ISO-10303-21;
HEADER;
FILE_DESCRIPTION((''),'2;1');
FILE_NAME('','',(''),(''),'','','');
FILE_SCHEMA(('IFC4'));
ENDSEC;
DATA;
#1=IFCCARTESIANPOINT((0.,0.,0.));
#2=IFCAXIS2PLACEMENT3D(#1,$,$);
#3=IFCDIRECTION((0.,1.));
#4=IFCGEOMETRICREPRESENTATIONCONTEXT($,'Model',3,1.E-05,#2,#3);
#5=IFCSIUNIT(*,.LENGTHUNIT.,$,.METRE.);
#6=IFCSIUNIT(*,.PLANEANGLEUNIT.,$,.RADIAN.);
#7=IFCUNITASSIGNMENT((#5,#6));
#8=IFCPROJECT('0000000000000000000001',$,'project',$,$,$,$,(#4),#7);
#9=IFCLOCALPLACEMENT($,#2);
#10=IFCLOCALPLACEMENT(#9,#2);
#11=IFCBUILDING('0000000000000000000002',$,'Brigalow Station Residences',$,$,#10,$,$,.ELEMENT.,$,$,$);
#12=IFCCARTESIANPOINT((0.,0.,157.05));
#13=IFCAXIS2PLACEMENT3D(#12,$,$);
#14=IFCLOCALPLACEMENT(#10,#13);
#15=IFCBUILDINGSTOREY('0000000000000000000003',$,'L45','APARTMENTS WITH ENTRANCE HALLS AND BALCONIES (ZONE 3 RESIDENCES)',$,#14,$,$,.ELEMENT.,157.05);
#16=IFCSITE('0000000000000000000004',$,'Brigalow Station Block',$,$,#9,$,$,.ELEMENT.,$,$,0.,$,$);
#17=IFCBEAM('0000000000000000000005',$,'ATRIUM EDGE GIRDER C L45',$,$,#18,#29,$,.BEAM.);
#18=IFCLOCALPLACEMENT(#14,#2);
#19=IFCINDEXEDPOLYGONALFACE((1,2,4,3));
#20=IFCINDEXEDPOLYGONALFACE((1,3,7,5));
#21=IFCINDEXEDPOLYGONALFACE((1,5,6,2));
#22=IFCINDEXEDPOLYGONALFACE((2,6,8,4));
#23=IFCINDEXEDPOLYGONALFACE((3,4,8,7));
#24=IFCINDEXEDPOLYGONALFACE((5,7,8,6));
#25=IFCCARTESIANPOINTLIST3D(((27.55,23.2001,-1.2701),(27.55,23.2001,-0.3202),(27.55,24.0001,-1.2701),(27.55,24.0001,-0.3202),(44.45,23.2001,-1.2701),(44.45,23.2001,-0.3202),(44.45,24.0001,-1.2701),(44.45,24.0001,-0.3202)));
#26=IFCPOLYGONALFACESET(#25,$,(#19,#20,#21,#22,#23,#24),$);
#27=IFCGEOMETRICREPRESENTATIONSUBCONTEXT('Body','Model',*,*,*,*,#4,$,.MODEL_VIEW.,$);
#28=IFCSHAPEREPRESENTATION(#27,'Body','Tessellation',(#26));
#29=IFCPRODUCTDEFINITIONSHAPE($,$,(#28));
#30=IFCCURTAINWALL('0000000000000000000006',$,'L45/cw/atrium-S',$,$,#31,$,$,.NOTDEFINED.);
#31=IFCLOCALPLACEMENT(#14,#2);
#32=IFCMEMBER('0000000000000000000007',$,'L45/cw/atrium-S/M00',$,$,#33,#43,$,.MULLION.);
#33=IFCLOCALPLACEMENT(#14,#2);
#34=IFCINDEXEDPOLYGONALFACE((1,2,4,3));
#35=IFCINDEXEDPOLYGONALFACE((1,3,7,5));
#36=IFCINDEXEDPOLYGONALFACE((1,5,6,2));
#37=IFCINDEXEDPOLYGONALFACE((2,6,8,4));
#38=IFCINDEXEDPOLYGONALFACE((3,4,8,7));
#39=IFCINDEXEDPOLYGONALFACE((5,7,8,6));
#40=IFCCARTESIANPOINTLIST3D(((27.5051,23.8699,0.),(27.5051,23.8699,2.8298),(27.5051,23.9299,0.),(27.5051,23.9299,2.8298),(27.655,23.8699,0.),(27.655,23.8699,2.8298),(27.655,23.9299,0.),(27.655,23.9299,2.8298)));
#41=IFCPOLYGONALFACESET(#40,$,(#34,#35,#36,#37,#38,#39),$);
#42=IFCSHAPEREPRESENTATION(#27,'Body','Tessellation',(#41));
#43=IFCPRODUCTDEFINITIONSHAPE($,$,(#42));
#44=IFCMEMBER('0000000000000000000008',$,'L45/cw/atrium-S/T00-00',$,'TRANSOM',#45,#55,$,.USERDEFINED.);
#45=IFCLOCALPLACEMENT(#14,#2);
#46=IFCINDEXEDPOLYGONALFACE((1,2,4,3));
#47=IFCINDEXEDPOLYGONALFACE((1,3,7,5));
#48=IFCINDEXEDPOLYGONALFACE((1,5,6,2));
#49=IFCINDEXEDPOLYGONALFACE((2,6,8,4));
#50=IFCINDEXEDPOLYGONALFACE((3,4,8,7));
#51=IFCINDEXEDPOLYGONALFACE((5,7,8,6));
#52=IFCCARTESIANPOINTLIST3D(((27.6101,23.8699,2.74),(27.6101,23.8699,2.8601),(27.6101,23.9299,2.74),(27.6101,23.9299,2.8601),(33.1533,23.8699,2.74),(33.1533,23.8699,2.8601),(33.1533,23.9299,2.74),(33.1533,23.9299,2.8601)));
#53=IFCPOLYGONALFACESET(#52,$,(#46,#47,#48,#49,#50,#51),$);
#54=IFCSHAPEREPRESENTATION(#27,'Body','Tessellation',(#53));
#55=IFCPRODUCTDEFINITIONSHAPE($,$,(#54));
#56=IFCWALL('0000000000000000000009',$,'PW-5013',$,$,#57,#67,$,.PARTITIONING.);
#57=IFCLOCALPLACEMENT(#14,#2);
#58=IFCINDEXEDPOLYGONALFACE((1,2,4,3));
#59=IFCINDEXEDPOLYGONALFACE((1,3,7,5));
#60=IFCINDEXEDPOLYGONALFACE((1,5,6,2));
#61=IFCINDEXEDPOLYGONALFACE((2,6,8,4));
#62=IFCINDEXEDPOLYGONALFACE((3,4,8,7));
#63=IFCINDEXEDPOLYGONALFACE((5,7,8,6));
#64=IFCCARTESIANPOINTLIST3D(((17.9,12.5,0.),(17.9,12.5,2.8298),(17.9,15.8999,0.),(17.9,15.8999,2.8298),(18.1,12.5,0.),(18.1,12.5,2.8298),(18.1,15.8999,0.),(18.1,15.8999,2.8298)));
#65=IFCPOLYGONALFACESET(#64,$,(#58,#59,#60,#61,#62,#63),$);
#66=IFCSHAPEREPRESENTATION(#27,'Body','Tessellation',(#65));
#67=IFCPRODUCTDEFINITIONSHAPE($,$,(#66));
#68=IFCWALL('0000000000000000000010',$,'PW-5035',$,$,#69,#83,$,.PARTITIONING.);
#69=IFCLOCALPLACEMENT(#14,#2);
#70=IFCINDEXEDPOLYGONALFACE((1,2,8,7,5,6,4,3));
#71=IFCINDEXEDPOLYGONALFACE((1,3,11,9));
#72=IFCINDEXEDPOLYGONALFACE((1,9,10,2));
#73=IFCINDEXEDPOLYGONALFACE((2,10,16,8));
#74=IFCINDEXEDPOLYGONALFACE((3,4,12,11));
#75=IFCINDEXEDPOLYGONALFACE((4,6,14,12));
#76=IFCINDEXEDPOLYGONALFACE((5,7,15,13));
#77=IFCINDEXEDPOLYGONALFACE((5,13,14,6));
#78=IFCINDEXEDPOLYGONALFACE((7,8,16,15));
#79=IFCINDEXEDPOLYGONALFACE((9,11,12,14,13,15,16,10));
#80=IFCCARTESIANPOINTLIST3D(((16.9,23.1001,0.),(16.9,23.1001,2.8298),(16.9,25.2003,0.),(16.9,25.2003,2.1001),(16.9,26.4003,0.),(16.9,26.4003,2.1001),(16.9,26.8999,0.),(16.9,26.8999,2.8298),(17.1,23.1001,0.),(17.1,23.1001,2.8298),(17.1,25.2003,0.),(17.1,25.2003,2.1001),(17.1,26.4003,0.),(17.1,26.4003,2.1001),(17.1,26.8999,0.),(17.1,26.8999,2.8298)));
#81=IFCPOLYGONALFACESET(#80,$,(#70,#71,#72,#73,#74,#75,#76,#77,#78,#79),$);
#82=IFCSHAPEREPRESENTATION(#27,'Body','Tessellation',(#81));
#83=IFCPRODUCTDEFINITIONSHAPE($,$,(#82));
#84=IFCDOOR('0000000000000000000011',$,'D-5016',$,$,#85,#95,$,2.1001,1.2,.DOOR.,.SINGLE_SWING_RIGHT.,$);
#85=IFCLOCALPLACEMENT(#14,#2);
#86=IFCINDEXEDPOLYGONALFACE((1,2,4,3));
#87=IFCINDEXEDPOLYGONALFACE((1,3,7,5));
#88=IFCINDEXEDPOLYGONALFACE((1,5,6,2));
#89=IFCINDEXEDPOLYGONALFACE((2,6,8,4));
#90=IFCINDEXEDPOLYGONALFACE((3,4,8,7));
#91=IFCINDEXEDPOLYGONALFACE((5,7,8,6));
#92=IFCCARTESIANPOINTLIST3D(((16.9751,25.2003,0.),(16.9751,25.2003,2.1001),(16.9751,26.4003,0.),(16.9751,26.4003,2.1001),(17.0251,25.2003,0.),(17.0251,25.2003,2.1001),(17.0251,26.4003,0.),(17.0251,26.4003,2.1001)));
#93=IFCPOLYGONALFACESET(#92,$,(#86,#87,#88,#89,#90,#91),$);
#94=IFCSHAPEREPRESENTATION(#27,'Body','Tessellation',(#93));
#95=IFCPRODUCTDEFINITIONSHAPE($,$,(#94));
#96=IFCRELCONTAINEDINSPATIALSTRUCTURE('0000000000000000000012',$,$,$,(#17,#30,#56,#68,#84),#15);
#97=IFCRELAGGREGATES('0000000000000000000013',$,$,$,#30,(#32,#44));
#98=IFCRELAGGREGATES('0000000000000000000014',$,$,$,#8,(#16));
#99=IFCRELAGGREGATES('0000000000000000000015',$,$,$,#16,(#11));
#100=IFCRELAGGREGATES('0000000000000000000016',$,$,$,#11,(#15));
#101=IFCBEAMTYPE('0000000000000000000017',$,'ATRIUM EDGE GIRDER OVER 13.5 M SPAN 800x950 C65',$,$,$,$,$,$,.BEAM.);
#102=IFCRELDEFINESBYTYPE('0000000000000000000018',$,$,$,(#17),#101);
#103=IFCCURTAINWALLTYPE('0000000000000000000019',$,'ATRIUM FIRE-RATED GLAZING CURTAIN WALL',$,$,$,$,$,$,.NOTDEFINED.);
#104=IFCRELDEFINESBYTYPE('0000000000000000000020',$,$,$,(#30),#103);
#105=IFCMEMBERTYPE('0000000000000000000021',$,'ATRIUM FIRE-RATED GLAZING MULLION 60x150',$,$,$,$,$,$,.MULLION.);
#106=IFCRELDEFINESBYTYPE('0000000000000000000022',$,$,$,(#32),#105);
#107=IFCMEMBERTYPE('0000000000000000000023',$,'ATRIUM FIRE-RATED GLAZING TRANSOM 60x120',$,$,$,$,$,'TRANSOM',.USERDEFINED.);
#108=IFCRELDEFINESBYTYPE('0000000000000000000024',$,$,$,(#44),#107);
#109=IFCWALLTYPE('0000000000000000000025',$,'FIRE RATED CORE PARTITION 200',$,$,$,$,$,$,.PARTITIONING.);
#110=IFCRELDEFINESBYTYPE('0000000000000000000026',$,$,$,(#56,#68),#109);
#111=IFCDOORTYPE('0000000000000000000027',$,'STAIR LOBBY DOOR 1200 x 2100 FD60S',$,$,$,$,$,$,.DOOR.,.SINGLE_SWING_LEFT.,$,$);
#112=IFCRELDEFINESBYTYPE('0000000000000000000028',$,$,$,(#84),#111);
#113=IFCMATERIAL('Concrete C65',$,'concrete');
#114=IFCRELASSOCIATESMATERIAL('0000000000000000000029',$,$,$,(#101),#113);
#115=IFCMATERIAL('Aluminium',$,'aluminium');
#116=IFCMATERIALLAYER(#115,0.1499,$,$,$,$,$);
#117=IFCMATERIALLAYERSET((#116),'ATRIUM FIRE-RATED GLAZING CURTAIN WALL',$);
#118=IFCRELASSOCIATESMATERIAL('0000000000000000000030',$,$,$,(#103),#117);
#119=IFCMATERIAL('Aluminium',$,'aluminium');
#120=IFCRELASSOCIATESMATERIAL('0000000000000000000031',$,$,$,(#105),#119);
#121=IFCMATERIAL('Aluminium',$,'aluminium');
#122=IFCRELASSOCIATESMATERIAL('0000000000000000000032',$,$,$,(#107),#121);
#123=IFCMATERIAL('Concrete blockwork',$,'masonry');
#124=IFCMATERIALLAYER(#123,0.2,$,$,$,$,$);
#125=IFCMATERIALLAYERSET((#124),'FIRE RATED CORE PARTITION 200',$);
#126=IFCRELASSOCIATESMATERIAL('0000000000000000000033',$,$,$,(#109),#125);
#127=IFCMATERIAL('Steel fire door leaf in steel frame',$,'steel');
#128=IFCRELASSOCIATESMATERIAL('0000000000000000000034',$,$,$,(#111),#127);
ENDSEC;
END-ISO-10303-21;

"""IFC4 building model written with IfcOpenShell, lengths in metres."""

from ifc_helpers import new_model, si_unit, direction, frame, frame_2d, origin, origin_2d, place, context, subcontext, project, spatial, rectangle, extrude, material, layer, layer_set, material_profile, profile_set, type_object, element, fill, aggregate, save


model = new_model("IFC4")

# Units and contexts
model_context = context("Model", 3, precision=1e-05, world=origin(), true_north=direction((0.0, 1.0)))
body_context = subcontext(model_context, "Body", "Model", "MODEL_VIEW")
ifc_project = project(units=[si_unit("LENGTHUNIT", "METRE"), si_unit("PLANEANGLEUNIT", "RADIAN")], contexts=[model_context])

# Site, building, storey
site_placement = place(None, origin())
site = spatial("IfcSite", under=ifc_project, at=site_placement, Name="Brigalow Station Block", CompositionType="ELEMENT", RefElevation=0.0)
building_placement = place(site_placement, origin())
building = spatial("IfcBuilding", under=site, at=building_placement, Name="Brigalow Station Residences", CompositionType="ELEMENT")
storey_placement = place(building_placement, frame((0.0, 0.0, 157.05)))
storey = spatial("IfcBuildingStorey", under=building, at=storey_placement, Name="L45", Description="APARTMENTS WITH ENTRANCE HALLS AND BALCONIES (ZONE 3 RESIDENCES)", CompositionType="ELEMENT", Elevation=157.05)

# Beam
ifc_material_1 = material(Name="Concrete C65", Category="concrete")
ifc_material_profile_1 = material_profile(ifc_material_1, rectangle(XDim=0.8, YDim=0.95, at=origin_2d()), Name="RC800x950")
ifc_profile_set_1 = profile_set([ifc_material_profile_1], Name="Concrete C65")
beam_type = type_object("IfcBeamType", Name="ATRIUM EDGE GIRDER OVER 13.5 M SPAN 800x950 C65", PredefinedType="BEAM", material=ifc_profile_set_1)
beam_placement = place(storey_placement, frame((27.55, 23.6001, -0.7952), z_axis=(1.0, 0.0, 0.0), x_axis=(0.0, 1.0, 0.0)))
element("IfcBeam", 1, at=beam_placement, inside=storey, type_object=beam_type, Name="ATRIUM EDGE GIRDER C L45", PredefinedType="BEAM", context=body_context, shape_type="SweptSolid", body=[
    extrude(rectangle(XDim=0.8, YDim=0.95, at=origin_2d()), origin(), (0.0, 0.0, 1.0), 16.8999),
])

# Curtain wall, members
ifc_material_2 = material(Name="Aluminium", Category="aluminium")
ifc_layer_1 = layer(ifc_material_2, 0.1499)
ifc_layer_set_1 = layer_set([ifc_layer_1], Name="ATRIUM FIRE-RATED GLAZING CURTAIN WALL")
curtain_wall_type = type_object("IfcCurtainWallType", Name="ATRIUM FIRE-RATED GLAZING CURTAIN WALL", PredefinedType="NOTDEFINED", material=ifc_layer_set_1)
curtain_wall_placement = place(storey_placement, origin())
curtain_wall = element("IfcCurtainWall", 2, at=curtain_wall_placement, inside=storey, type_object=curtain_wall_type, Name="L45/cw/atrium-S", PredefinedType="NOTDEFINED")
ifc_material_3 = material(Name="Aluminium", Category="aluminium")
ifc_material_profile_2 = material_profile(ifc_material_3, rectangle(XDim=0.0601, YDim=0.1499, at=origin_2d()), Name="ATRIUM FIRE-RATED GLAZING MULLION 60x150")
ifc_profile_set_2 = profile_set([ifc_material_profile_2], Name="Aluminium")
member_type_1 = type_object("IfcMemberType", Name="ATRIUM FIRE-RATED GLAZING MULLION 60x150", PredefinedType="MULLION", material=ifc_profile_set_2)
member_1_placement = place(storey_placement, frame((27.5801, 23.8999, 0.0), z_axis=(0.0, 0.0, 1.0), x_axis=(0.0, 1.0, 0.0)))
member_1 = element("IfcMember", 3, at=member_1_placement, type_object=member_type_1, Name="L45/cw/atrium-S/M00", PredefinedType="MULLION", context=body_context, shape_type="SweptSolid", body=[
    extrude(rectangle(XDim=0.0601, YDim=0.1499, at=origin_2d()), origin(), (0.0, 0.0, 1.0), 2.8298),
])
ifc_material_4 = material(Name="Aluminium", Category="aluminium")
ifc_material_profile_3 = material_profile(ifc_material_4, rectangle(XDim=0.0601, YDim=0.1201, at=origin_2d()), Name="ATRIUM FIRE-RATED GLAZING TRANSOM 60x120")
ifc_profile_set_3 = profile_set([ifc_material_profile_3], Name="Aluminium")
member_type_2 = type_object("IfcMemberType", Name="ATRIUM FIRE-RATED GLAZING TRANSOM 60x120", ElementType="TRANSOM", PredefinedType="USERDEFINED", material=ifc_profile_set_3)
member_2_placement = place(storey_placement, frame((27.6101, 23.8999, 2.8), z_axis=(1.0, 0.0, 0.0), x_axis=(0.0, 1.0, 0.0)))
member_2 = element("IfcMember", 4, at=member_2_placement, type_object=member_type_2, Name="L45/cw/atrium-S/T00-00", ObjectType="TRANSOM", PredefinedType="USERDEFINED", context=body_context, shape_type="SweptSolid", body=[
    extrude(rectangle(XDim=0.0601, YDim=0.1201, at=origin_2d()), origin(), (0.0, 0.0, 1.0), 5.5432),
])
aggregate(curtain_wall, [member_1, member_2])

# Wall
ifc_material_5 = material(Name="Concrete blockwork", Category="masonry")
ifc_layer_2 = layer(ifc_material_5, 0.2)
ifc_layer_set_2 = layer_set([ifc_layer_2], Name="FIRE RATED CORE PARTITION 200")
wall_type_1 = type_object("IfcWallType", Name="FIRE RATED CORE PARTITION 200", PredefinedType="PARTITIONING", material=ifc_layer_set_2)
wall_1_placement = place(storey_placement, frame((18.0, 12.5, 0.0), z_axis=(0.0, 0.0, 1.0), x_axis=(0.0, 1.0, 0.0)))
element("IfcWall", 5, at=wall_1_placement, inside=storey, type_object=wall_type_1, Name="PW-5013", PredefinedType="PARTITIONING", context=body_context, shape_type="SweptSolid", body=[
    extrude(rectangle(XDim=3.3999, YDim=0.2, at=frame_2d((1.7, 0.0))), origin(), (0.0, 0.0, 1.0), 2.8298),
])

# Wall, opening, door
wall_2_placement = place(storey_placement, frame((17.0, 23.1001, 0.0), z_axis=(0.0, 0.0, 1.0), x_axis=(0.0, 1.0, 0.0)))
wall_2 = element("IfcWall", 6, at=wall_2_placement, inside=storey, type_object=wall_type_1, Name="PW-5035", PredefinedType="PARTITIONING", context=body_context, shape_type="SweptSolid", body=[
    extrude(rectangle(XDim=3.7998, YDim=0.2, at=frame_2d((1.8999, 0.0))), origin(), (0.0, 0.0, 1.0), 2.8298),
])
opening_1_placement = place(wall_2_placement, frame((2.1001, 0.0, 0.0)))
opening_1 = element("IfcOpeningElement", 7, at=opening_1_placement, cuts=wall_2, PredefinedType="OPENING", context=body_context, shape_type="SweptSolid", body=[
    extrude(rectangle(XDim=1.2, YDim=2.1001, at=frame_2d((0.6001, 1.05))), frame((0.0, 0.1099, 0.0), z_axis=(0.0, -1.0, 0.0), x_axis=(1.0, 0.0, 0.0)), (0.0, 0.0, 1.0), 0.22),
])
ifc_material_6 = material(Name="Steel fire door leaf in steel frame", Category="steel")
door_type_1 = type_object("IfcDoorType", Name="STAIR LOBBY DOOR 1200 x 2100 FD60S", OperationType="SINGLE_SWING_LEFT", PredefinedType="DOOR", material=ifc_material_6)
door_1_placement = place(opening_1_placement, origin())
door_1 = element("IfcDoor", 8, at=door_1_placement, inside=storey, type_object=door_type_1, Name="D-5016", OperationType="SINGLE_SWING_RIGHT", OverallHeight=2.1001, OverallWidth=1.2, PredefinedType="DOOR", context=body_context, shape_type="SweptSolid", body=[
    extrude(rectangle(XDim=1.2, YDim=2.1001, at=frame_2d((0.6001, 1.05))), frame((0.0, 0.0249, 0.0), z_axis=(0.0, -1.0, 0.0), x_axis=(1.0, 0.0, 0.0)), (0.0, 0.0, 1.0), 0.05),
])
fill(opening_1, door_1)

save(model, "model.ifc")
